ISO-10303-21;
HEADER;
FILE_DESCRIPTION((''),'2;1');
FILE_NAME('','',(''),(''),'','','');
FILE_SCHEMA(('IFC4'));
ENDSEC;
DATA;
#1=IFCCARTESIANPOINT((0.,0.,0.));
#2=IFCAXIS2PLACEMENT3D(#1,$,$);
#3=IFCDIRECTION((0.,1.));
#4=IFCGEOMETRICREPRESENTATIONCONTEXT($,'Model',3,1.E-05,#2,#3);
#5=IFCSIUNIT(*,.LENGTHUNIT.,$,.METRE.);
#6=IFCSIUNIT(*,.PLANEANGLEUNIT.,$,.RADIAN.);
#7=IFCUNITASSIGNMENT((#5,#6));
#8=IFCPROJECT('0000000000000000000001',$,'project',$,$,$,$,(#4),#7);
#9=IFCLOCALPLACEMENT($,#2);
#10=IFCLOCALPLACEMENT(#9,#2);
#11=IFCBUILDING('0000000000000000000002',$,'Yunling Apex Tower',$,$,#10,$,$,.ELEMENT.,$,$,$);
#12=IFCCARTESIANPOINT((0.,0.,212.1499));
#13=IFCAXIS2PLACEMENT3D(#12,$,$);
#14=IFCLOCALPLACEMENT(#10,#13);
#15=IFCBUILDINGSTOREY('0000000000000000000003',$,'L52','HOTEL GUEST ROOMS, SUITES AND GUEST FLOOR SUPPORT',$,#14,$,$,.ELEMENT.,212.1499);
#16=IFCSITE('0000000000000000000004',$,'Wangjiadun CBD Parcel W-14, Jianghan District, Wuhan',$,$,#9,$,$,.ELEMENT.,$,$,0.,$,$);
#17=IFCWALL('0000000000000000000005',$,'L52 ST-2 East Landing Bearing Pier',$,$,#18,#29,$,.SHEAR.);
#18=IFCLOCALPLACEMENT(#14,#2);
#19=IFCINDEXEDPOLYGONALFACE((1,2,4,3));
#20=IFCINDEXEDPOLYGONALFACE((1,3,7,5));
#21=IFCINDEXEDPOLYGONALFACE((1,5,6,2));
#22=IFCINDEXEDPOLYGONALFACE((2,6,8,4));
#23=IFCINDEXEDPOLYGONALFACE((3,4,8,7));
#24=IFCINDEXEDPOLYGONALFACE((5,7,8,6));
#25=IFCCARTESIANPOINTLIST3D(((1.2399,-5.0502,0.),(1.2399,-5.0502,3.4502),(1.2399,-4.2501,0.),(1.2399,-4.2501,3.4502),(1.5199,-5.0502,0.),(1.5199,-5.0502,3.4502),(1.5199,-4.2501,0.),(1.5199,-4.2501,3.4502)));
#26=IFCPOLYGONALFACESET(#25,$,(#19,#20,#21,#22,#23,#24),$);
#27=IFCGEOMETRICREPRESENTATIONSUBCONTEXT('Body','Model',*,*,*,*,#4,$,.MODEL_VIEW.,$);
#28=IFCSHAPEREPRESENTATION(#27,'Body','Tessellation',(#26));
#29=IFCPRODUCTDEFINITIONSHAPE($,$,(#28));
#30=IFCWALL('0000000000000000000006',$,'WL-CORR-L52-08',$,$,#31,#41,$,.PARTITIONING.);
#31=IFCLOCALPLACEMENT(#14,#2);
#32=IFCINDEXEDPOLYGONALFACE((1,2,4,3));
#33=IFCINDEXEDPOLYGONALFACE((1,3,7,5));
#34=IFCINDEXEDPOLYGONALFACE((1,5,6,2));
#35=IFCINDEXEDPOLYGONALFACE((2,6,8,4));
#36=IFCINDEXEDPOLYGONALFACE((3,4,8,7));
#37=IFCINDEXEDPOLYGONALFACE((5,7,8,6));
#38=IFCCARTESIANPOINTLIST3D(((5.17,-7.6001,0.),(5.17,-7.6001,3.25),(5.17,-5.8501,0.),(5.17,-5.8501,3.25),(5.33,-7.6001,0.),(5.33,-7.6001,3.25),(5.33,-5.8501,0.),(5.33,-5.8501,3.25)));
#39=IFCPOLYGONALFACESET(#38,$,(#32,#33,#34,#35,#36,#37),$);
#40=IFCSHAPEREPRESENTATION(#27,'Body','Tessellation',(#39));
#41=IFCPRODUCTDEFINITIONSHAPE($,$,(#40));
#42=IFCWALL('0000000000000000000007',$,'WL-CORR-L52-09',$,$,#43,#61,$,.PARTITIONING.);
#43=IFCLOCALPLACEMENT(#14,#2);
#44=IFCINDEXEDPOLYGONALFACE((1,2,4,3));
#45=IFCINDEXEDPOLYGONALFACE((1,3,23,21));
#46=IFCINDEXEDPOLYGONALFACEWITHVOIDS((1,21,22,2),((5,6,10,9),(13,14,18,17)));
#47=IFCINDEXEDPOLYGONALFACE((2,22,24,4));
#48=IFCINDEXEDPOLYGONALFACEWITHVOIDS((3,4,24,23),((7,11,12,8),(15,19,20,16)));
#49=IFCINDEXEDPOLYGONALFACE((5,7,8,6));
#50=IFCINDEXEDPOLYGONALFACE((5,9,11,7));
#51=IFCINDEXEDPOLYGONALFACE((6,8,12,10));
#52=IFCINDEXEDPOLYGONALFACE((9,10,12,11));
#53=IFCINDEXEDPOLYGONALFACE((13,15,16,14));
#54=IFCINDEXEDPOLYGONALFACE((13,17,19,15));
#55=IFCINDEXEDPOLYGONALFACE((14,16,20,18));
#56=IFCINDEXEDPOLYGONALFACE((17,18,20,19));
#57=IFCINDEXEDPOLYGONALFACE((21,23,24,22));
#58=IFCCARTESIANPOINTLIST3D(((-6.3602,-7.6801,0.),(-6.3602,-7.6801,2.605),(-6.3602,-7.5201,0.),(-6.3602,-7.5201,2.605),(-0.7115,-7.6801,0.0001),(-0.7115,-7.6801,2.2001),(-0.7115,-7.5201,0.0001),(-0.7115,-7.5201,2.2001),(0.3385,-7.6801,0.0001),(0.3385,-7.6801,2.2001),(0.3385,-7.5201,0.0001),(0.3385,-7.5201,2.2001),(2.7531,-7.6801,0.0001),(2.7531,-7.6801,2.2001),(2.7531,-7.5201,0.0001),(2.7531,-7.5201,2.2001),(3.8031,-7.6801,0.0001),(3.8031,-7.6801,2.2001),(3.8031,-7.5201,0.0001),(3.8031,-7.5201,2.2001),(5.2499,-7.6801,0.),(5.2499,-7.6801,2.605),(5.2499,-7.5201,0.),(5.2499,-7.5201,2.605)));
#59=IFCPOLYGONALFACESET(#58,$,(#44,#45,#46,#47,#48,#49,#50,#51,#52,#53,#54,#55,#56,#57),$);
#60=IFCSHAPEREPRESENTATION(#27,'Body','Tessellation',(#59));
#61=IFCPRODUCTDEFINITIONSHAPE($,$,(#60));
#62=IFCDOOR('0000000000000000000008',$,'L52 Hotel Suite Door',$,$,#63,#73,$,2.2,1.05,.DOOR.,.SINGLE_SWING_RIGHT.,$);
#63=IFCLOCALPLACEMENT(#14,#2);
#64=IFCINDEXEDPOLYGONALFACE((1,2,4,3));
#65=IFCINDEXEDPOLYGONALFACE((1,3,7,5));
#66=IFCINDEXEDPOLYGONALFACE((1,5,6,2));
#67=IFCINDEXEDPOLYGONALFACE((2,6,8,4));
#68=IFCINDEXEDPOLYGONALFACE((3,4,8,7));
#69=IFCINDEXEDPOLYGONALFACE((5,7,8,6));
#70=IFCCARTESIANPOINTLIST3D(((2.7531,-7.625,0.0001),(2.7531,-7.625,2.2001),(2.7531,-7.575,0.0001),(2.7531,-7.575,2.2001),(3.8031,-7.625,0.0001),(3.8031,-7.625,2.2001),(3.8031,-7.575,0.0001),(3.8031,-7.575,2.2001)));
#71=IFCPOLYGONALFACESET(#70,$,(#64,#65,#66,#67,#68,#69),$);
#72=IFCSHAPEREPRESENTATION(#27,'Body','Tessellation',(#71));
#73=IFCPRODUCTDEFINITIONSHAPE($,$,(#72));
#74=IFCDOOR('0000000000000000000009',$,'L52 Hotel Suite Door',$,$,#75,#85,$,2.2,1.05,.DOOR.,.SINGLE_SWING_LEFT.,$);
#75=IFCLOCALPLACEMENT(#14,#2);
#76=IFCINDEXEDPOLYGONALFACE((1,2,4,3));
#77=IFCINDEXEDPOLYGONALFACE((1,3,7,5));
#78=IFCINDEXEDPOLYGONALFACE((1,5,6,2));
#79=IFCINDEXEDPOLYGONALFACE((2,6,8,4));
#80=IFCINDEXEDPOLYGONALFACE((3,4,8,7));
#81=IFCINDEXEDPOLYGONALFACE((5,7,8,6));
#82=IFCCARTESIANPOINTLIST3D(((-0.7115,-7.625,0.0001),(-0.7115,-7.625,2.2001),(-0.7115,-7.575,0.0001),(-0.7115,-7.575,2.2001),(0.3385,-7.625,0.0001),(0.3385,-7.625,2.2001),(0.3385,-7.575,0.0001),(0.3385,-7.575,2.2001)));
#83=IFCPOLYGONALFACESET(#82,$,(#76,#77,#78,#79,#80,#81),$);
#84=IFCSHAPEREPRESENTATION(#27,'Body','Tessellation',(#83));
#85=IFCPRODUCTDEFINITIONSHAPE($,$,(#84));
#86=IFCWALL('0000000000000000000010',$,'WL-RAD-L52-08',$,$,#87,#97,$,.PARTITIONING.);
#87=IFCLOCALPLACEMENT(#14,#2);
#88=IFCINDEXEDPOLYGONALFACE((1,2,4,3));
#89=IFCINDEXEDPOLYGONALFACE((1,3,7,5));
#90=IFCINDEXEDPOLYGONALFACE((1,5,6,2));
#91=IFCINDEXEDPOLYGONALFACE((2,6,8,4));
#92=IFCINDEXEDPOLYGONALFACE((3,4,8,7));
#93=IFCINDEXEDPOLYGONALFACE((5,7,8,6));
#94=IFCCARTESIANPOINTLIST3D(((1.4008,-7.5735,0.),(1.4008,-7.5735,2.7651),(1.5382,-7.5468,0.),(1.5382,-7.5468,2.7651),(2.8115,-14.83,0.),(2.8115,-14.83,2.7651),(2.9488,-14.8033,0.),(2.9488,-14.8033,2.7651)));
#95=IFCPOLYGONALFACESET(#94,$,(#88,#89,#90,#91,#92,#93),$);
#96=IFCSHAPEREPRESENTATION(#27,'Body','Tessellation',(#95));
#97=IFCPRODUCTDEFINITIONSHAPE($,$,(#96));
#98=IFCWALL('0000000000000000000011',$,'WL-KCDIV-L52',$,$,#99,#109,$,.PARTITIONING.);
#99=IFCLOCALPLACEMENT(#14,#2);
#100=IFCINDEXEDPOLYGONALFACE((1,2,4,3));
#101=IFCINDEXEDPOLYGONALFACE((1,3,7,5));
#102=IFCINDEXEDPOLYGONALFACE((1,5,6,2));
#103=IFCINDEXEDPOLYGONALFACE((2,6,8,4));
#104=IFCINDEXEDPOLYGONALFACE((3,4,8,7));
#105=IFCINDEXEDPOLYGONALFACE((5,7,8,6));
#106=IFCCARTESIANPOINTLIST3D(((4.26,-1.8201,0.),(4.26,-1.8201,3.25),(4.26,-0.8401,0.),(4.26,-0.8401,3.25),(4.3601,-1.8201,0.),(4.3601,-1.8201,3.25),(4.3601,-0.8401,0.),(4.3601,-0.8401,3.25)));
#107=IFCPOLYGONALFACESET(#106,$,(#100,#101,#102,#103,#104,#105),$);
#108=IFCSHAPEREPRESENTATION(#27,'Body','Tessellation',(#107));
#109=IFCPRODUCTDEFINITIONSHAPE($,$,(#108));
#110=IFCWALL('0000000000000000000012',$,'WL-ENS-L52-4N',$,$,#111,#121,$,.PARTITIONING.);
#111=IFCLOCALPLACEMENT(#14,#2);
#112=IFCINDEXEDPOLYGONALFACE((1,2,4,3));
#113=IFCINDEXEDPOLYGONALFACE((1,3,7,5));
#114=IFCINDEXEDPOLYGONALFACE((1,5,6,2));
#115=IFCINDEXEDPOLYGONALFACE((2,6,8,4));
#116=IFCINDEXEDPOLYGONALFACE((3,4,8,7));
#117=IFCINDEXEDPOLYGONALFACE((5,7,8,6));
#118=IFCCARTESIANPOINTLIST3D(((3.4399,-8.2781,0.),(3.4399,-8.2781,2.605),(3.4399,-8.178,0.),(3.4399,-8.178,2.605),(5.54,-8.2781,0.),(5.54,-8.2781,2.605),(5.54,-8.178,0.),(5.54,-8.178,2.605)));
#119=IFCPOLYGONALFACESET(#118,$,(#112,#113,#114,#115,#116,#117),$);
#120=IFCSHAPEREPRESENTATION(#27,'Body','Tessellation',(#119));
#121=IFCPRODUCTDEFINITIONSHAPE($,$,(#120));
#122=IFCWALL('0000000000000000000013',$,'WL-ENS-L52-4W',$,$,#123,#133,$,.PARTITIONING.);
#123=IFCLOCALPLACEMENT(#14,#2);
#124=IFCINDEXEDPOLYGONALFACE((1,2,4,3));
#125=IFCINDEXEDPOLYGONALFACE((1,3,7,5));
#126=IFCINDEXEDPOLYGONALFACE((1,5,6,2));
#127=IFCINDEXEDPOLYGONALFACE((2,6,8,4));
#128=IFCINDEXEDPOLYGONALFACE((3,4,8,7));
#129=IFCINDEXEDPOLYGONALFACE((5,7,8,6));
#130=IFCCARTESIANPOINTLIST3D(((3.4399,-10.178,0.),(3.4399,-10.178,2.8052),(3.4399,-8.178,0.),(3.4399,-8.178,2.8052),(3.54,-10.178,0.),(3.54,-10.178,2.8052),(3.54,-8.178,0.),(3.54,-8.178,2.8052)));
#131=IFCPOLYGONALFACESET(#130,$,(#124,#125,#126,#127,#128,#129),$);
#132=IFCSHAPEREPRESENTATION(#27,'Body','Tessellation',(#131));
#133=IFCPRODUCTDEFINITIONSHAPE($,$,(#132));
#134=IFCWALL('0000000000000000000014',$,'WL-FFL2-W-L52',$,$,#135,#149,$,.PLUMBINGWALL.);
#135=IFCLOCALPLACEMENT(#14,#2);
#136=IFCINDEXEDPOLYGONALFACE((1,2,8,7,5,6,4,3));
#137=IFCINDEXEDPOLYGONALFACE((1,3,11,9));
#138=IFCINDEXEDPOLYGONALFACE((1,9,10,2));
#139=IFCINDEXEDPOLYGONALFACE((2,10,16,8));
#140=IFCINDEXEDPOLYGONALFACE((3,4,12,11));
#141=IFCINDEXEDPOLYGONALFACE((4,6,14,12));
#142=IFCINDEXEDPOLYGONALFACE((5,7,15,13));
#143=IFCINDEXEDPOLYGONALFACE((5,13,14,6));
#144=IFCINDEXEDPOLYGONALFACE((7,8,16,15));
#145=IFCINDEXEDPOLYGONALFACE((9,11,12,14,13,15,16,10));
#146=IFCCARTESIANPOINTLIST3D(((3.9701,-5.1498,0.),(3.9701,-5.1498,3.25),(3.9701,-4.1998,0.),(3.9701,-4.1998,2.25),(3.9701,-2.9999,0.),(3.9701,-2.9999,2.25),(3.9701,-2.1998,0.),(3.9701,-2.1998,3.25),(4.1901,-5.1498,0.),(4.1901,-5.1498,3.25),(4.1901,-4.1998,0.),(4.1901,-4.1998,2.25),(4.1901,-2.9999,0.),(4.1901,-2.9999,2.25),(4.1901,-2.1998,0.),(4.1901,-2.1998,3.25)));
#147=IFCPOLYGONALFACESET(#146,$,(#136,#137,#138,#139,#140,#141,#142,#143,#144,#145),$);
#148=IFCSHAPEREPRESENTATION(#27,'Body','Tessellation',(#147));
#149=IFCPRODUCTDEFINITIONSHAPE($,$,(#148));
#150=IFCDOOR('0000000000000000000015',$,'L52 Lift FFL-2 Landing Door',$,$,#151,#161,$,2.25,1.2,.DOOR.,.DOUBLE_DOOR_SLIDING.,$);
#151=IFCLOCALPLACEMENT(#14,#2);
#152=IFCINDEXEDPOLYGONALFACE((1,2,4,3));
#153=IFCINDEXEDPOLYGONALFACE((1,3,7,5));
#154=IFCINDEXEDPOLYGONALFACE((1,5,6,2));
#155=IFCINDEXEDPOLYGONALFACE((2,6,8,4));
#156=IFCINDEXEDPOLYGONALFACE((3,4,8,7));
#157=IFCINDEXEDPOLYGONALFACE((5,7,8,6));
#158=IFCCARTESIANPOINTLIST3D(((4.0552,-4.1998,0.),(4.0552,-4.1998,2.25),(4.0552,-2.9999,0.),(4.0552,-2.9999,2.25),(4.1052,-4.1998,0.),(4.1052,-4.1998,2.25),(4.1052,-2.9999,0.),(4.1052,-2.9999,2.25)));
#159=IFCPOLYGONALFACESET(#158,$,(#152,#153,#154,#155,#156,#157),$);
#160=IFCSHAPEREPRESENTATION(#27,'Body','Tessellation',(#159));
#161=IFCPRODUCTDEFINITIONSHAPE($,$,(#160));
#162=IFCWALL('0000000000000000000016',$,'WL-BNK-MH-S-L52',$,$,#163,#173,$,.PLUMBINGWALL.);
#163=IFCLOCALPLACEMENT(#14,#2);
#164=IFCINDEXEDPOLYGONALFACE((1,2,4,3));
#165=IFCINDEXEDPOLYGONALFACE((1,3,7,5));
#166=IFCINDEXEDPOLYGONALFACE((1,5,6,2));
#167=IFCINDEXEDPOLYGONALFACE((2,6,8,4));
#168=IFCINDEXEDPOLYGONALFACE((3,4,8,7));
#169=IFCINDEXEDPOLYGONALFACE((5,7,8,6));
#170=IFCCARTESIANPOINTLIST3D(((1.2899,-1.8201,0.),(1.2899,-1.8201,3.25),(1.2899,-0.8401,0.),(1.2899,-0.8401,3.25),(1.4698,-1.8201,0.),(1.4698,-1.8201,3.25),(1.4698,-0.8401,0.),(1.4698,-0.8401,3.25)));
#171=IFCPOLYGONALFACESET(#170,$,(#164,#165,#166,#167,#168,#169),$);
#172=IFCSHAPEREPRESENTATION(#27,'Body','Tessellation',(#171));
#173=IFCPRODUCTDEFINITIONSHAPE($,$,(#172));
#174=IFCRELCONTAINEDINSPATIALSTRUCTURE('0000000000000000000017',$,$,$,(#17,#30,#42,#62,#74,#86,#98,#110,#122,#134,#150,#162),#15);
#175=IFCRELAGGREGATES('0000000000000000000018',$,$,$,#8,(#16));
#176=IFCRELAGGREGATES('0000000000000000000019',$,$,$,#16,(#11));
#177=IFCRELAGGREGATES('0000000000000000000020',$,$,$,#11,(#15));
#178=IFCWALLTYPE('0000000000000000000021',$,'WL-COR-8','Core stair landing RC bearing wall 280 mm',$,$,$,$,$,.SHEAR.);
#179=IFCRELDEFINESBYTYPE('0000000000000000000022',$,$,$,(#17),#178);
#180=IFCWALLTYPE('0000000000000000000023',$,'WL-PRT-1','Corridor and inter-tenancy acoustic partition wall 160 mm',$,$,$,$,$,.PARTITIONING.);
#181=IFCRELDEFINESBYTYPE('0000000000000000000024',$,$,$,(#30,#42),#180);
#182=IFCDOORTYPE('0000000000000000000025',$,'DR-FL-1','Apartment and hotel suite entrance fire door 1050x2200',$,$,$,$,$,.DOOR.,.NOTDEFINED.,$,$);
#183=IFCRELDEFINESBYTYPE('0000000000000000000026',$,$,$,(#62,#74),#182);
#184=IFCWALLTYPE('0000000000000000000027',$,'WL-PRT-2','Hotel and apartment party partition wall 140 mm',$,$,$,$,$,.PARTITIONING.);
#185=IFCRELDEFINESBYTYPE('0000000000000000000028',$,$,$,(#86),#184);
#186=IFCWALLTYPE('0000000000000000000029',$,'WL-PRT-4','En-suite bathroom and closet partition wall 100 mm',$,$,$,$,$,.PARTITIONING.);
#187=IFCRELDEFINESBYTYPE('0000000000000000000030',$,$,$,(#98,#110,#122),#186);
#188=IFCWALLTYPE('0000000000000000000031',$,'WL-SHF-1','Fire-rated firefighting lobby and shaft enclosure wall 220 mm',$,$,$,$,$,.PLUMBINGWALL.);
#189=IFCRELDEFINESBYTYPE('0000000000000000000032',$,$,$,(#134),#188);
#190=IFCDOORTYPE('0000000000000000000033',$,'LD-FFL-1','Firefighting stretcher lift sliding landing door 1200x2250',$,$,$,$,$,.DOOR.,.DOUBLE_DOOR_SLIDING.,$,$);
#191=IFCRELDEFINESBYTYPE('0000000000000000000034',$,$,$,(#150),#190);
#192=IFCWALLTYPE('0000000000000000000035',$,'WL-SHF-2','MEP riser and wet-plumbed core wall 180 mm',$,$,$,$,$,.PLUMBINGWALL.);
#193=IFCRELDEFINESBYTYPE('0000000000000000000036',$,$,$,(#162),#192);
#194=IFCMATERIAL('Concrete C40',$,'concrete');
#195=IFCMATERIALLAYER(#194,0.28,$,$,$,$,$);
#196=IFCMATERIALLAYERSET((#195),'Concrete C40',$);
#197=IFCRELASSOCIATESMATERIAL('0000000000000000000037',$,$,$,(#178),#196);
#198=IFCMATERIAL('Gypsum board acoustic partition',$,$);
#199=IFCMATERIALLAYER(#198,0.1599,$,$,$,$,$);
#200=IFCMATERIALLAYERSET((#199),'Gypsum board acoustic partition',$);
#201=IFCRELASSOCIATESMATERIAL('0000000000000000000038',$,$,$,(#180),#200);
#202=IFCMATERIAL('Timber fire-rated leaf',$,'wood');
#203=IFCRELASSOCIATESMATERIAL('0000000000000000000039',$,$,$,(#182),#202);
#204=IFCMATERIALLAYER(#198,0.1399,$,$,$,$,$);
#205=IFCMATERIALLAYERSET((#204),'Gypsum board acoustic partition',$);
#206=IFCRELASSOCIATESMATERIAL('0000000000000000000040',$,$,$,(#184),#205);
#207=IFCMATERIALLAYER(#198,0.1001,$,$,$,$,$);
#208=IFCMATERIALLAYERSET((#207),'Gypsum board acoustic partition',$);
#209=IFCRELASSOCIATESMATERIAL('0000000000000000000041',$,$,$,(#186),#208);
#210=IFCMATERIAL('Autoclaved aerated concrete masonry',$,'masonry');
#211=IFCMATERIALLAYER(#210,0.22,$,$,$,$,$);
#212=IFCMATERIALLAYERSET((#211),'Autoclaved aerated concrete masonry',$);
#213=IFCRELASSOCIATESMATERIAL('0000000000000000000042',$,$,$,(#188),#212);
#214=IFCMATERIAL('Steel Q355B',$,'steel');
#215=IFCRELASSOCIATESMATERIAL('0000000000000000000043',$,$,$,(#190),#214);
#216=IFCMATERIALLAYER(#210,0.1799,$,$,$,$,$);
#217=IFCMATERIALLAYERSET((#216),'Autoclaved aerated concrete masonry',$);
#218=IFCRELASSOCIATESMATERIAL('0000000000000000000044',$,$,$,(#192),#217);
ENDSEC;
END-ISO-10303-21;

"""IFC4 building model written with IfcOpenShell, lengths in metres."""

from ifc_helpers import new_model, si_unit, direction, frame, frame_2d, origin, place, context, subcontext, project, spatial, rectangle, extrude, material, layer, layer_set, type_object, element, fill, save


model = new_model("IFC4")

# Units and contexts
model_context = context("Model", 3, precision=1e-05, world=origin(), true_north=direction((0.0, 1.0)))
body_context = subcontext(model_context, "Body", "Model", "MODEL_VIEW")
ifc_project = project(units=[si_unit("LENGTHUNIT", "METRE"), si_unit("PLANEANGLEUNIT", "RADIAN")], contexts=[model_context])

# Site, building, storey
site_placement = place(None, origin())
site = spatial("IfcSite", under=ifc_project, at=site_placement, Name="Wangjiadun CBD Parcel W-14, Jianghan District, Wuhan", CompositionType="ELEMENT", RefElevation=0.0)
building_placement = place(site_placement, origin())
building = spatial("IfcBuilding", under=site, at=building_placement, Name="Yunling Apex Tower", CompositionType="ELEMENT")
storey_placement = place(building_placement, frame((0.0, 0.0, 212.1499)))
storey = spatial("IfcBuildingStorey", under=building, at=storey_placement, Name="L52", Description="HOTEL GUEST ROOMS, SUITES AND GUEST FLOOR SUPPORT", CompositionType="ELEMENT", Elevation=212.1499)

# Walls
ifc_material_1 = material(Name="Concrete C40", Category="concrete")
ifc_layer_1 = layer(ifc_material_1, 0.28)
ifc_layer_set_1 = layer_set([ifc_layer_1], Name="Concrete C40")
wall_type_1 = type_object("IfcWallType", Name="WL-COR-8", Description="Core stair landing RC bearing wall 280 mm", PredefinedType="SHEAR", material=ifc_layer_set_1)
wall_1_placement = place(storey_placement, frame((1.3799, -5.05, 0.0), z_axis=(0.0, 0.0, 1.0), x_axis=(0.0, 1.0, 0.0)))
element("IfcWall", 1, at=wall_1_placement, inside=storey, type_object=wall_type_1, Name="L52 ST-2 East Landing Bearing Pier", PredefinedType="SHEAR", context=body_context, shape_type="SweptSolid", body=[
    extrude(rectangle(XDim=0.8, YDim=0.28, at=frame_2d((0.3999, 0.0))), origin(), (0.0, 0.0, 1.0), 3.4502),
])
ifc_material_2 = material(Name="Gypsum board acoustic partition")
ifc_layer_2 = layer(ifc_material_2, 0.1599)
ifc_layer_set_2 = layer_set([ifc_layer_2], Name="Gypsum board acoustic partition")
wall_type_2 = type_object("IfcWallType", Name="WL-PRT-1", Description="Corridor and inter-tenancy acoustic partition wall 160 mm", PredefinedType="PARTITIONING", material=ifc_layer_set_2)
wall_2_placement = place(storey_placement, frame((5.25, -5.8501, 0.0), z_axis=(0.0, 0.0, 1.0), x_axis=(0.0, -1.0, 0.0)))
element("IfcWall", 2, at=wall_2_placement, inside=storey, type_object=wall_type_2, Name="WL-CORR-L52-08", PredefinedType="PARTITIONING", context=body_context, shape_type="SweptSolid", body=[
    extrude(rectangle(XDim=1.75, YDim=0.1599, at=frame_2d((0.875, 0.0))), origin(), (0.0, 0.0, 1.0), 3.25),
])

# Wall, openings, doors
wall_3_placement = place(storey_placement, frame((5.25, -7.6001, 0.0), z_axis=(0.0, 0.0, 1.0), x_axis=(-1.0, 0.0, 0.0)))
wall_3 = element("IfcWall", 3, at=wall_3_placement, inside=storey, type_object=wall_type_2, Name="WL-CORR-L52-09", PredefinedType="PARTITIONING", context=body_context, shape_type="SweptSolid", body=[
    extrude(rectangle(XDim=11.6101, YDim=0.1599, at=frame_2d((5.8052, 0.0))), origin(), (0.0, 0.0, 1.0), 2.605),
])
opening_1_placement = place(wall_3_placement, frame((1.447, 0.0, 0.0)))
opening_1 = element("IfcOpeningElement", 4, at=opening_1_placement, cuts=wall_3, PredefinedType="OPENING", context=body_context, shape_type="SweptSolid", body=[
    extrude(rectangle(XDim=1.05, YDim=2.2, at=frame_2d((0.5249, 1.1001))), frame((0.0, 0.0898, 0.0), z_axis=(0.0, -1.0, 0.0), x_axis=(1.0, 0.0, 0.0)), (0.0, 0.0, 1.0), 0.1799),
])
opening_2_placement = place(wall_3_placement, frame((4.9116, 0.0, 0.0)))
opening_2 = element("IfcOpeningElement", 5, at=opening_2_placement, cuts=wall_3, PredefinedType="OPENING", context=body_context, shape_type="SweptSolid", body=[
    extrude(rectangle(XDim=1.05, YDim=2.2, at=frame_2d((0.5249, 1.1001))), frame((0.0, 0.0898, 0.0), z_axis=(0.0, -1.0, 0.0), x_axis=(1.0, 0.0, 0.0)), (0.0, 0.0, 1.0), 0.1799),
])
ifc_material_3 = material(Name="Timber fire-rated leaf", Category="wood")
door_type_1 = type_object("IfcDoorType", Name="DR-FL-1", Description="Apartment and hotel suite entrance fire door 1050x2200", OperationType="NOTDEFINED", PredefinedType="DOOR", material=ifc_material_3)
door_1_placement = place(opening_1_placement, origin())
door_1 = element("IfcDoor", 6, at=door_1_placement, inside=storey, type_object=door_type_1, Name="L52 Hotel Suite Door", OperationType="SINGLE_SWING_RIGHT", OverallHeight=2.2, OverallWidth=1.05, PredefinedType="DOOR", context=body_context, shape_type="SweptSolid", body=[
    extrude(rectangle(XDim=1.05, YDim=2.2, at=frame_2d((0.5249, 1.1001))), frame((0.0, 0.0249, 0.0), z_axis=(0.0, -1.0, 0.0), x_axis=(1.0, 0.0, 0.0)), (0.0, 0.0, 1.0), 0.05),
])
fill(opening_1, door_1)
door_2_placement = place(opening_2_placement, origin())
door_2 = element("IfcDoor", 7, at=door_2_placement, inside=storey, type_object=door_type_1, Name="L52 Hotel Suite Door", OperationType="SINGLE_SWING_LEFT", OverallHeight=2.2, OverallWidth=1.05, PredefinedType="DOOR", context=body_context, shape_type="SweptSolid", body=[
    extrude(rectangle(XDim=1.05, YDim=2.2, at=frame_2d((0.5249, 1.1001))), frame((0.0, 0.0249, 0.0), z_axis=(0.0, -1.0, 0.0), x_axis=(1.0, 0.0, 0.0)), (0.0, 0.0, 1.0), 0.05),
])
fill(opening_2, door_2)

# Walls
ifc_layer_3 = layer(ifc_material_2, 0.1399)
ifc_layer_set_3 = layer_set([ifc_layer_3], Name="Gypsum board acoustic partition")
wall_type_3 = type_object("IfcWallType", Name="WL-PRT-2", Description="Hotel and apartment party partition wall 140 mm", PredefinedType="PARTITIONING", material=ifc_layer_set_3)
wall_4_placement = place(storey_placement, frame((1.4695, -7.5601, 0.0), z_axis=(0.0, 0.0, 1.0), x_axis=(0.190823, -0.981624, 0.0)))
element("IfcWall", 8, at=wall_4_placement, inside=storey, type_object=wall_type_3, Name="WL-RAD-L52-08", PredefinedType="PARTITIONING", context=body_context, shape_type="SweptSolid", body=[
    extrude(rectangle(XDim=7.3923, YDim=0.1399, at=frame_2d((3.6963, 0.0))), origin(), (0.0, 0.0, 1.0), 2.7651),
])
ifc_layer_4 = layer(ifc_material_2, 0.1001)
ifc_layer_set_4 = layer_set([ifc_layer_4], Name="Gypsum board acoustic partition")
wall_type_4 = type_object("IfcWallType", Name="WL-PRT-4", Description="En-suite bathroom and closet partition wall 100 mm", PredefinedType="PARTITIONING", material=ifc_layer_set_4)
wall_5_placement = place(storey_placement, frame((4.3101, -1.8201, 0.0), z_axis=(0.0, 0.0, 1.0), x_axis=(0.0, 1.0, 0.0)))
element("IfcWall", 9, at=wall_5_placement, inside=storey, type_object=wall_type_4, Name="WL-KCDIV-L52", PredefinedType="PARTITIONING", context=body_context, shape_type="SweptSolid", body=[
    extrude(rectangle(XDim=0.98, YDim=0.1001, at=frame_2d((0.49, 0.0))), origin(), (0.0, 0.0, 1.0), 3.25),
])
wall_6_placement = place(storey_placement, frame((3.4399, -8.228, 0.0), z_axis=(0.0, 0.0, 1.0), x_axis=(1.0, 0.0, 0.0)))
element("IfcWall", 10, at=wall_6_placement, inside=storey, type_object=wall_type_4, Name="WL-ENS-L52-4N", PredefinedType="PARTITIONING", context=body_context, shape_type="SweptSolid", body=[
    extrude(rectangle(XDim=2.1001, YDim=0.1001, at=frame_2d((1.05, 0.0))), origin(), (0.0, 0.0, 1.0), 2.605),
])
wall_7_placement = place(storey_placement, frame((3.49, -10.178, 0.0), z_axis=(0.0, 0.0, 1.0), x_axis=(0.0, 1.0, 0.0)))
element("IfcWall", 11, at=wall_7_placement, inside=storey, type_object=wall_type_4, Name="WL-ENS-L52-4W", PredefinedType="PARTITIONING", context=body_context, shape_type="SweptSolid", body=[
    extrude(rectangle(XDim=2.0, YDim=0.1001, at=frame_2d((1.0, 0.0))), origin(), (0.0, 0.0, 1.0), 2.8052),
])

# Wall, opening, door
ifc_material_4 = material(Name="Autoclaved aerated concrete masonry", Category="masonry")
ifc_layer_5 = layer(ifc_material_4, 0.22)
ifc_layer_set_5 = layer_set([ifc_layer_5], Name="Autoclaved aerated concrete masonry")
wall_type_5 = type_object("IfcWallType", Name="WL-SHF-1", Description="Fire-rated firefighting lobby and shaft enclosure wall 220 mm", PredefinedType="PLUMBINGWALL", material=ifc_layer_set_5)
ifc_material_5 = material(Name="Steel Q355B", Category="steel")
wall_8_placement = place(storey_placement, frame((4.0801, -5.1499, 0.0), z_axis=(0.0, 0.0, 1.0), x_axis=(0.0, 1.0, 0.0)))
wall_8 = element("IfcWall", 12, at=wall_8_placement, inside=storey, type_object=wall_type_5, Name="WL-FFL2-W-L52", PredefinedType="PLUMBINGWALL", context=body_context, shape_type="SweptSolid", body=[
    extrude(rectangle(XDim=2.95, YDim=0.22, at=frame_2d((1.4751, 0.0))), origin(), (0.0, 0.0, 1.0), 3.25),
])
opening_3_placement = place(wall_8_placement, frame((0.95, 0.0, 0.0)))
opening_3 = element("IfcOpeningElement", 13, at=opening_3_placement, cuts=wall_8, PredefinedType="OPENING", context=body_context, shape_type="SweptSolid", body=[
    extrude(rectangle(XDim=1.2, YDim=2.25, at=frame_2d((0.6001, 1.125))), frame((0.0, 0.1201, 0.0), z_axis=(0.0, -1.0, 0.0), x_axis=(1.0, 0.0, 0.0)), (0.0, 0.0, 1.0), 0.24),
])
door_type_2 = type_object("IfcDoorType", Name="LD-FFL-1", Description="Firefighting stretcher lift sliding landing door 1200x2250", OperationType="DOUBLE_DOOR_SLIDING", PredefinedType="DOOR", material=ifc_material_5)
door_3_placement = place(opening_3_placement, origin())
door_3 = element("IfcDoor", 14, at=door_3_placement, inside=storey, type_object=door_type_2, Name="L52 Lift FFL-2 Landing Door", OperationType="DOUBLE_DOOR_SLIDING", OverallHeight=2.25, OverallWidth=1.2, PredefinedType="DOOR", context=body_context, shape_type="SweptSolid", body=[
    extrude(rectangle(XDim=1.2, YDim=2.25, at=frame_2d((0.6001, 1.125))), frame((0.0, 0.0249, 0.0), z_axis=(0.0, -1.0, 0.0), x_axis=(1.0, 0.0, 0.0)), (0.0, 0.0, 1.0), 0.05),
])
fill(opening_3, door_3)

# Wall
ifc_layer_6 = layer(ifc_material_4, 0.1799)
ifc_layer_set_6 = layer_set([ifc_layer_6], Name="Autoclaved aerated concrete masonry")
wall_type_6 = type_object("IfcWallType", Name="WL-SHF-2", Description="MEP riser and wet-plumbed core wall 180 mm", PredefinedType="PLUMBINGWALL", material=ifc_layer_set_6)
for number, where, z_axis, x_axis, name in (
    (15, (1.3799, -1.8201, 0.0), (0.0, 0.0, 1.0), (0.0, 1.0, 0.0), "WL-BNK-MH-S-L52"),
):
    element("IfcWall", number, at=place(storey_placement, frame(where, z_axis=z_axis, x_axis=x_axis)), inside=storey, type_object=wall_type_6, Name=name, PredefinedType="PLUMBINGWALL", context=body_context, shape_type="SweptSolid", body=[
        extrude(rectangle(XDim=0.98, YDim=0.1799, at=frame_2d((0.49, 0.0))), origin(), (0.0, 0.0, 1.0), 3.25),
    ])

save(model, "model.ifc")
